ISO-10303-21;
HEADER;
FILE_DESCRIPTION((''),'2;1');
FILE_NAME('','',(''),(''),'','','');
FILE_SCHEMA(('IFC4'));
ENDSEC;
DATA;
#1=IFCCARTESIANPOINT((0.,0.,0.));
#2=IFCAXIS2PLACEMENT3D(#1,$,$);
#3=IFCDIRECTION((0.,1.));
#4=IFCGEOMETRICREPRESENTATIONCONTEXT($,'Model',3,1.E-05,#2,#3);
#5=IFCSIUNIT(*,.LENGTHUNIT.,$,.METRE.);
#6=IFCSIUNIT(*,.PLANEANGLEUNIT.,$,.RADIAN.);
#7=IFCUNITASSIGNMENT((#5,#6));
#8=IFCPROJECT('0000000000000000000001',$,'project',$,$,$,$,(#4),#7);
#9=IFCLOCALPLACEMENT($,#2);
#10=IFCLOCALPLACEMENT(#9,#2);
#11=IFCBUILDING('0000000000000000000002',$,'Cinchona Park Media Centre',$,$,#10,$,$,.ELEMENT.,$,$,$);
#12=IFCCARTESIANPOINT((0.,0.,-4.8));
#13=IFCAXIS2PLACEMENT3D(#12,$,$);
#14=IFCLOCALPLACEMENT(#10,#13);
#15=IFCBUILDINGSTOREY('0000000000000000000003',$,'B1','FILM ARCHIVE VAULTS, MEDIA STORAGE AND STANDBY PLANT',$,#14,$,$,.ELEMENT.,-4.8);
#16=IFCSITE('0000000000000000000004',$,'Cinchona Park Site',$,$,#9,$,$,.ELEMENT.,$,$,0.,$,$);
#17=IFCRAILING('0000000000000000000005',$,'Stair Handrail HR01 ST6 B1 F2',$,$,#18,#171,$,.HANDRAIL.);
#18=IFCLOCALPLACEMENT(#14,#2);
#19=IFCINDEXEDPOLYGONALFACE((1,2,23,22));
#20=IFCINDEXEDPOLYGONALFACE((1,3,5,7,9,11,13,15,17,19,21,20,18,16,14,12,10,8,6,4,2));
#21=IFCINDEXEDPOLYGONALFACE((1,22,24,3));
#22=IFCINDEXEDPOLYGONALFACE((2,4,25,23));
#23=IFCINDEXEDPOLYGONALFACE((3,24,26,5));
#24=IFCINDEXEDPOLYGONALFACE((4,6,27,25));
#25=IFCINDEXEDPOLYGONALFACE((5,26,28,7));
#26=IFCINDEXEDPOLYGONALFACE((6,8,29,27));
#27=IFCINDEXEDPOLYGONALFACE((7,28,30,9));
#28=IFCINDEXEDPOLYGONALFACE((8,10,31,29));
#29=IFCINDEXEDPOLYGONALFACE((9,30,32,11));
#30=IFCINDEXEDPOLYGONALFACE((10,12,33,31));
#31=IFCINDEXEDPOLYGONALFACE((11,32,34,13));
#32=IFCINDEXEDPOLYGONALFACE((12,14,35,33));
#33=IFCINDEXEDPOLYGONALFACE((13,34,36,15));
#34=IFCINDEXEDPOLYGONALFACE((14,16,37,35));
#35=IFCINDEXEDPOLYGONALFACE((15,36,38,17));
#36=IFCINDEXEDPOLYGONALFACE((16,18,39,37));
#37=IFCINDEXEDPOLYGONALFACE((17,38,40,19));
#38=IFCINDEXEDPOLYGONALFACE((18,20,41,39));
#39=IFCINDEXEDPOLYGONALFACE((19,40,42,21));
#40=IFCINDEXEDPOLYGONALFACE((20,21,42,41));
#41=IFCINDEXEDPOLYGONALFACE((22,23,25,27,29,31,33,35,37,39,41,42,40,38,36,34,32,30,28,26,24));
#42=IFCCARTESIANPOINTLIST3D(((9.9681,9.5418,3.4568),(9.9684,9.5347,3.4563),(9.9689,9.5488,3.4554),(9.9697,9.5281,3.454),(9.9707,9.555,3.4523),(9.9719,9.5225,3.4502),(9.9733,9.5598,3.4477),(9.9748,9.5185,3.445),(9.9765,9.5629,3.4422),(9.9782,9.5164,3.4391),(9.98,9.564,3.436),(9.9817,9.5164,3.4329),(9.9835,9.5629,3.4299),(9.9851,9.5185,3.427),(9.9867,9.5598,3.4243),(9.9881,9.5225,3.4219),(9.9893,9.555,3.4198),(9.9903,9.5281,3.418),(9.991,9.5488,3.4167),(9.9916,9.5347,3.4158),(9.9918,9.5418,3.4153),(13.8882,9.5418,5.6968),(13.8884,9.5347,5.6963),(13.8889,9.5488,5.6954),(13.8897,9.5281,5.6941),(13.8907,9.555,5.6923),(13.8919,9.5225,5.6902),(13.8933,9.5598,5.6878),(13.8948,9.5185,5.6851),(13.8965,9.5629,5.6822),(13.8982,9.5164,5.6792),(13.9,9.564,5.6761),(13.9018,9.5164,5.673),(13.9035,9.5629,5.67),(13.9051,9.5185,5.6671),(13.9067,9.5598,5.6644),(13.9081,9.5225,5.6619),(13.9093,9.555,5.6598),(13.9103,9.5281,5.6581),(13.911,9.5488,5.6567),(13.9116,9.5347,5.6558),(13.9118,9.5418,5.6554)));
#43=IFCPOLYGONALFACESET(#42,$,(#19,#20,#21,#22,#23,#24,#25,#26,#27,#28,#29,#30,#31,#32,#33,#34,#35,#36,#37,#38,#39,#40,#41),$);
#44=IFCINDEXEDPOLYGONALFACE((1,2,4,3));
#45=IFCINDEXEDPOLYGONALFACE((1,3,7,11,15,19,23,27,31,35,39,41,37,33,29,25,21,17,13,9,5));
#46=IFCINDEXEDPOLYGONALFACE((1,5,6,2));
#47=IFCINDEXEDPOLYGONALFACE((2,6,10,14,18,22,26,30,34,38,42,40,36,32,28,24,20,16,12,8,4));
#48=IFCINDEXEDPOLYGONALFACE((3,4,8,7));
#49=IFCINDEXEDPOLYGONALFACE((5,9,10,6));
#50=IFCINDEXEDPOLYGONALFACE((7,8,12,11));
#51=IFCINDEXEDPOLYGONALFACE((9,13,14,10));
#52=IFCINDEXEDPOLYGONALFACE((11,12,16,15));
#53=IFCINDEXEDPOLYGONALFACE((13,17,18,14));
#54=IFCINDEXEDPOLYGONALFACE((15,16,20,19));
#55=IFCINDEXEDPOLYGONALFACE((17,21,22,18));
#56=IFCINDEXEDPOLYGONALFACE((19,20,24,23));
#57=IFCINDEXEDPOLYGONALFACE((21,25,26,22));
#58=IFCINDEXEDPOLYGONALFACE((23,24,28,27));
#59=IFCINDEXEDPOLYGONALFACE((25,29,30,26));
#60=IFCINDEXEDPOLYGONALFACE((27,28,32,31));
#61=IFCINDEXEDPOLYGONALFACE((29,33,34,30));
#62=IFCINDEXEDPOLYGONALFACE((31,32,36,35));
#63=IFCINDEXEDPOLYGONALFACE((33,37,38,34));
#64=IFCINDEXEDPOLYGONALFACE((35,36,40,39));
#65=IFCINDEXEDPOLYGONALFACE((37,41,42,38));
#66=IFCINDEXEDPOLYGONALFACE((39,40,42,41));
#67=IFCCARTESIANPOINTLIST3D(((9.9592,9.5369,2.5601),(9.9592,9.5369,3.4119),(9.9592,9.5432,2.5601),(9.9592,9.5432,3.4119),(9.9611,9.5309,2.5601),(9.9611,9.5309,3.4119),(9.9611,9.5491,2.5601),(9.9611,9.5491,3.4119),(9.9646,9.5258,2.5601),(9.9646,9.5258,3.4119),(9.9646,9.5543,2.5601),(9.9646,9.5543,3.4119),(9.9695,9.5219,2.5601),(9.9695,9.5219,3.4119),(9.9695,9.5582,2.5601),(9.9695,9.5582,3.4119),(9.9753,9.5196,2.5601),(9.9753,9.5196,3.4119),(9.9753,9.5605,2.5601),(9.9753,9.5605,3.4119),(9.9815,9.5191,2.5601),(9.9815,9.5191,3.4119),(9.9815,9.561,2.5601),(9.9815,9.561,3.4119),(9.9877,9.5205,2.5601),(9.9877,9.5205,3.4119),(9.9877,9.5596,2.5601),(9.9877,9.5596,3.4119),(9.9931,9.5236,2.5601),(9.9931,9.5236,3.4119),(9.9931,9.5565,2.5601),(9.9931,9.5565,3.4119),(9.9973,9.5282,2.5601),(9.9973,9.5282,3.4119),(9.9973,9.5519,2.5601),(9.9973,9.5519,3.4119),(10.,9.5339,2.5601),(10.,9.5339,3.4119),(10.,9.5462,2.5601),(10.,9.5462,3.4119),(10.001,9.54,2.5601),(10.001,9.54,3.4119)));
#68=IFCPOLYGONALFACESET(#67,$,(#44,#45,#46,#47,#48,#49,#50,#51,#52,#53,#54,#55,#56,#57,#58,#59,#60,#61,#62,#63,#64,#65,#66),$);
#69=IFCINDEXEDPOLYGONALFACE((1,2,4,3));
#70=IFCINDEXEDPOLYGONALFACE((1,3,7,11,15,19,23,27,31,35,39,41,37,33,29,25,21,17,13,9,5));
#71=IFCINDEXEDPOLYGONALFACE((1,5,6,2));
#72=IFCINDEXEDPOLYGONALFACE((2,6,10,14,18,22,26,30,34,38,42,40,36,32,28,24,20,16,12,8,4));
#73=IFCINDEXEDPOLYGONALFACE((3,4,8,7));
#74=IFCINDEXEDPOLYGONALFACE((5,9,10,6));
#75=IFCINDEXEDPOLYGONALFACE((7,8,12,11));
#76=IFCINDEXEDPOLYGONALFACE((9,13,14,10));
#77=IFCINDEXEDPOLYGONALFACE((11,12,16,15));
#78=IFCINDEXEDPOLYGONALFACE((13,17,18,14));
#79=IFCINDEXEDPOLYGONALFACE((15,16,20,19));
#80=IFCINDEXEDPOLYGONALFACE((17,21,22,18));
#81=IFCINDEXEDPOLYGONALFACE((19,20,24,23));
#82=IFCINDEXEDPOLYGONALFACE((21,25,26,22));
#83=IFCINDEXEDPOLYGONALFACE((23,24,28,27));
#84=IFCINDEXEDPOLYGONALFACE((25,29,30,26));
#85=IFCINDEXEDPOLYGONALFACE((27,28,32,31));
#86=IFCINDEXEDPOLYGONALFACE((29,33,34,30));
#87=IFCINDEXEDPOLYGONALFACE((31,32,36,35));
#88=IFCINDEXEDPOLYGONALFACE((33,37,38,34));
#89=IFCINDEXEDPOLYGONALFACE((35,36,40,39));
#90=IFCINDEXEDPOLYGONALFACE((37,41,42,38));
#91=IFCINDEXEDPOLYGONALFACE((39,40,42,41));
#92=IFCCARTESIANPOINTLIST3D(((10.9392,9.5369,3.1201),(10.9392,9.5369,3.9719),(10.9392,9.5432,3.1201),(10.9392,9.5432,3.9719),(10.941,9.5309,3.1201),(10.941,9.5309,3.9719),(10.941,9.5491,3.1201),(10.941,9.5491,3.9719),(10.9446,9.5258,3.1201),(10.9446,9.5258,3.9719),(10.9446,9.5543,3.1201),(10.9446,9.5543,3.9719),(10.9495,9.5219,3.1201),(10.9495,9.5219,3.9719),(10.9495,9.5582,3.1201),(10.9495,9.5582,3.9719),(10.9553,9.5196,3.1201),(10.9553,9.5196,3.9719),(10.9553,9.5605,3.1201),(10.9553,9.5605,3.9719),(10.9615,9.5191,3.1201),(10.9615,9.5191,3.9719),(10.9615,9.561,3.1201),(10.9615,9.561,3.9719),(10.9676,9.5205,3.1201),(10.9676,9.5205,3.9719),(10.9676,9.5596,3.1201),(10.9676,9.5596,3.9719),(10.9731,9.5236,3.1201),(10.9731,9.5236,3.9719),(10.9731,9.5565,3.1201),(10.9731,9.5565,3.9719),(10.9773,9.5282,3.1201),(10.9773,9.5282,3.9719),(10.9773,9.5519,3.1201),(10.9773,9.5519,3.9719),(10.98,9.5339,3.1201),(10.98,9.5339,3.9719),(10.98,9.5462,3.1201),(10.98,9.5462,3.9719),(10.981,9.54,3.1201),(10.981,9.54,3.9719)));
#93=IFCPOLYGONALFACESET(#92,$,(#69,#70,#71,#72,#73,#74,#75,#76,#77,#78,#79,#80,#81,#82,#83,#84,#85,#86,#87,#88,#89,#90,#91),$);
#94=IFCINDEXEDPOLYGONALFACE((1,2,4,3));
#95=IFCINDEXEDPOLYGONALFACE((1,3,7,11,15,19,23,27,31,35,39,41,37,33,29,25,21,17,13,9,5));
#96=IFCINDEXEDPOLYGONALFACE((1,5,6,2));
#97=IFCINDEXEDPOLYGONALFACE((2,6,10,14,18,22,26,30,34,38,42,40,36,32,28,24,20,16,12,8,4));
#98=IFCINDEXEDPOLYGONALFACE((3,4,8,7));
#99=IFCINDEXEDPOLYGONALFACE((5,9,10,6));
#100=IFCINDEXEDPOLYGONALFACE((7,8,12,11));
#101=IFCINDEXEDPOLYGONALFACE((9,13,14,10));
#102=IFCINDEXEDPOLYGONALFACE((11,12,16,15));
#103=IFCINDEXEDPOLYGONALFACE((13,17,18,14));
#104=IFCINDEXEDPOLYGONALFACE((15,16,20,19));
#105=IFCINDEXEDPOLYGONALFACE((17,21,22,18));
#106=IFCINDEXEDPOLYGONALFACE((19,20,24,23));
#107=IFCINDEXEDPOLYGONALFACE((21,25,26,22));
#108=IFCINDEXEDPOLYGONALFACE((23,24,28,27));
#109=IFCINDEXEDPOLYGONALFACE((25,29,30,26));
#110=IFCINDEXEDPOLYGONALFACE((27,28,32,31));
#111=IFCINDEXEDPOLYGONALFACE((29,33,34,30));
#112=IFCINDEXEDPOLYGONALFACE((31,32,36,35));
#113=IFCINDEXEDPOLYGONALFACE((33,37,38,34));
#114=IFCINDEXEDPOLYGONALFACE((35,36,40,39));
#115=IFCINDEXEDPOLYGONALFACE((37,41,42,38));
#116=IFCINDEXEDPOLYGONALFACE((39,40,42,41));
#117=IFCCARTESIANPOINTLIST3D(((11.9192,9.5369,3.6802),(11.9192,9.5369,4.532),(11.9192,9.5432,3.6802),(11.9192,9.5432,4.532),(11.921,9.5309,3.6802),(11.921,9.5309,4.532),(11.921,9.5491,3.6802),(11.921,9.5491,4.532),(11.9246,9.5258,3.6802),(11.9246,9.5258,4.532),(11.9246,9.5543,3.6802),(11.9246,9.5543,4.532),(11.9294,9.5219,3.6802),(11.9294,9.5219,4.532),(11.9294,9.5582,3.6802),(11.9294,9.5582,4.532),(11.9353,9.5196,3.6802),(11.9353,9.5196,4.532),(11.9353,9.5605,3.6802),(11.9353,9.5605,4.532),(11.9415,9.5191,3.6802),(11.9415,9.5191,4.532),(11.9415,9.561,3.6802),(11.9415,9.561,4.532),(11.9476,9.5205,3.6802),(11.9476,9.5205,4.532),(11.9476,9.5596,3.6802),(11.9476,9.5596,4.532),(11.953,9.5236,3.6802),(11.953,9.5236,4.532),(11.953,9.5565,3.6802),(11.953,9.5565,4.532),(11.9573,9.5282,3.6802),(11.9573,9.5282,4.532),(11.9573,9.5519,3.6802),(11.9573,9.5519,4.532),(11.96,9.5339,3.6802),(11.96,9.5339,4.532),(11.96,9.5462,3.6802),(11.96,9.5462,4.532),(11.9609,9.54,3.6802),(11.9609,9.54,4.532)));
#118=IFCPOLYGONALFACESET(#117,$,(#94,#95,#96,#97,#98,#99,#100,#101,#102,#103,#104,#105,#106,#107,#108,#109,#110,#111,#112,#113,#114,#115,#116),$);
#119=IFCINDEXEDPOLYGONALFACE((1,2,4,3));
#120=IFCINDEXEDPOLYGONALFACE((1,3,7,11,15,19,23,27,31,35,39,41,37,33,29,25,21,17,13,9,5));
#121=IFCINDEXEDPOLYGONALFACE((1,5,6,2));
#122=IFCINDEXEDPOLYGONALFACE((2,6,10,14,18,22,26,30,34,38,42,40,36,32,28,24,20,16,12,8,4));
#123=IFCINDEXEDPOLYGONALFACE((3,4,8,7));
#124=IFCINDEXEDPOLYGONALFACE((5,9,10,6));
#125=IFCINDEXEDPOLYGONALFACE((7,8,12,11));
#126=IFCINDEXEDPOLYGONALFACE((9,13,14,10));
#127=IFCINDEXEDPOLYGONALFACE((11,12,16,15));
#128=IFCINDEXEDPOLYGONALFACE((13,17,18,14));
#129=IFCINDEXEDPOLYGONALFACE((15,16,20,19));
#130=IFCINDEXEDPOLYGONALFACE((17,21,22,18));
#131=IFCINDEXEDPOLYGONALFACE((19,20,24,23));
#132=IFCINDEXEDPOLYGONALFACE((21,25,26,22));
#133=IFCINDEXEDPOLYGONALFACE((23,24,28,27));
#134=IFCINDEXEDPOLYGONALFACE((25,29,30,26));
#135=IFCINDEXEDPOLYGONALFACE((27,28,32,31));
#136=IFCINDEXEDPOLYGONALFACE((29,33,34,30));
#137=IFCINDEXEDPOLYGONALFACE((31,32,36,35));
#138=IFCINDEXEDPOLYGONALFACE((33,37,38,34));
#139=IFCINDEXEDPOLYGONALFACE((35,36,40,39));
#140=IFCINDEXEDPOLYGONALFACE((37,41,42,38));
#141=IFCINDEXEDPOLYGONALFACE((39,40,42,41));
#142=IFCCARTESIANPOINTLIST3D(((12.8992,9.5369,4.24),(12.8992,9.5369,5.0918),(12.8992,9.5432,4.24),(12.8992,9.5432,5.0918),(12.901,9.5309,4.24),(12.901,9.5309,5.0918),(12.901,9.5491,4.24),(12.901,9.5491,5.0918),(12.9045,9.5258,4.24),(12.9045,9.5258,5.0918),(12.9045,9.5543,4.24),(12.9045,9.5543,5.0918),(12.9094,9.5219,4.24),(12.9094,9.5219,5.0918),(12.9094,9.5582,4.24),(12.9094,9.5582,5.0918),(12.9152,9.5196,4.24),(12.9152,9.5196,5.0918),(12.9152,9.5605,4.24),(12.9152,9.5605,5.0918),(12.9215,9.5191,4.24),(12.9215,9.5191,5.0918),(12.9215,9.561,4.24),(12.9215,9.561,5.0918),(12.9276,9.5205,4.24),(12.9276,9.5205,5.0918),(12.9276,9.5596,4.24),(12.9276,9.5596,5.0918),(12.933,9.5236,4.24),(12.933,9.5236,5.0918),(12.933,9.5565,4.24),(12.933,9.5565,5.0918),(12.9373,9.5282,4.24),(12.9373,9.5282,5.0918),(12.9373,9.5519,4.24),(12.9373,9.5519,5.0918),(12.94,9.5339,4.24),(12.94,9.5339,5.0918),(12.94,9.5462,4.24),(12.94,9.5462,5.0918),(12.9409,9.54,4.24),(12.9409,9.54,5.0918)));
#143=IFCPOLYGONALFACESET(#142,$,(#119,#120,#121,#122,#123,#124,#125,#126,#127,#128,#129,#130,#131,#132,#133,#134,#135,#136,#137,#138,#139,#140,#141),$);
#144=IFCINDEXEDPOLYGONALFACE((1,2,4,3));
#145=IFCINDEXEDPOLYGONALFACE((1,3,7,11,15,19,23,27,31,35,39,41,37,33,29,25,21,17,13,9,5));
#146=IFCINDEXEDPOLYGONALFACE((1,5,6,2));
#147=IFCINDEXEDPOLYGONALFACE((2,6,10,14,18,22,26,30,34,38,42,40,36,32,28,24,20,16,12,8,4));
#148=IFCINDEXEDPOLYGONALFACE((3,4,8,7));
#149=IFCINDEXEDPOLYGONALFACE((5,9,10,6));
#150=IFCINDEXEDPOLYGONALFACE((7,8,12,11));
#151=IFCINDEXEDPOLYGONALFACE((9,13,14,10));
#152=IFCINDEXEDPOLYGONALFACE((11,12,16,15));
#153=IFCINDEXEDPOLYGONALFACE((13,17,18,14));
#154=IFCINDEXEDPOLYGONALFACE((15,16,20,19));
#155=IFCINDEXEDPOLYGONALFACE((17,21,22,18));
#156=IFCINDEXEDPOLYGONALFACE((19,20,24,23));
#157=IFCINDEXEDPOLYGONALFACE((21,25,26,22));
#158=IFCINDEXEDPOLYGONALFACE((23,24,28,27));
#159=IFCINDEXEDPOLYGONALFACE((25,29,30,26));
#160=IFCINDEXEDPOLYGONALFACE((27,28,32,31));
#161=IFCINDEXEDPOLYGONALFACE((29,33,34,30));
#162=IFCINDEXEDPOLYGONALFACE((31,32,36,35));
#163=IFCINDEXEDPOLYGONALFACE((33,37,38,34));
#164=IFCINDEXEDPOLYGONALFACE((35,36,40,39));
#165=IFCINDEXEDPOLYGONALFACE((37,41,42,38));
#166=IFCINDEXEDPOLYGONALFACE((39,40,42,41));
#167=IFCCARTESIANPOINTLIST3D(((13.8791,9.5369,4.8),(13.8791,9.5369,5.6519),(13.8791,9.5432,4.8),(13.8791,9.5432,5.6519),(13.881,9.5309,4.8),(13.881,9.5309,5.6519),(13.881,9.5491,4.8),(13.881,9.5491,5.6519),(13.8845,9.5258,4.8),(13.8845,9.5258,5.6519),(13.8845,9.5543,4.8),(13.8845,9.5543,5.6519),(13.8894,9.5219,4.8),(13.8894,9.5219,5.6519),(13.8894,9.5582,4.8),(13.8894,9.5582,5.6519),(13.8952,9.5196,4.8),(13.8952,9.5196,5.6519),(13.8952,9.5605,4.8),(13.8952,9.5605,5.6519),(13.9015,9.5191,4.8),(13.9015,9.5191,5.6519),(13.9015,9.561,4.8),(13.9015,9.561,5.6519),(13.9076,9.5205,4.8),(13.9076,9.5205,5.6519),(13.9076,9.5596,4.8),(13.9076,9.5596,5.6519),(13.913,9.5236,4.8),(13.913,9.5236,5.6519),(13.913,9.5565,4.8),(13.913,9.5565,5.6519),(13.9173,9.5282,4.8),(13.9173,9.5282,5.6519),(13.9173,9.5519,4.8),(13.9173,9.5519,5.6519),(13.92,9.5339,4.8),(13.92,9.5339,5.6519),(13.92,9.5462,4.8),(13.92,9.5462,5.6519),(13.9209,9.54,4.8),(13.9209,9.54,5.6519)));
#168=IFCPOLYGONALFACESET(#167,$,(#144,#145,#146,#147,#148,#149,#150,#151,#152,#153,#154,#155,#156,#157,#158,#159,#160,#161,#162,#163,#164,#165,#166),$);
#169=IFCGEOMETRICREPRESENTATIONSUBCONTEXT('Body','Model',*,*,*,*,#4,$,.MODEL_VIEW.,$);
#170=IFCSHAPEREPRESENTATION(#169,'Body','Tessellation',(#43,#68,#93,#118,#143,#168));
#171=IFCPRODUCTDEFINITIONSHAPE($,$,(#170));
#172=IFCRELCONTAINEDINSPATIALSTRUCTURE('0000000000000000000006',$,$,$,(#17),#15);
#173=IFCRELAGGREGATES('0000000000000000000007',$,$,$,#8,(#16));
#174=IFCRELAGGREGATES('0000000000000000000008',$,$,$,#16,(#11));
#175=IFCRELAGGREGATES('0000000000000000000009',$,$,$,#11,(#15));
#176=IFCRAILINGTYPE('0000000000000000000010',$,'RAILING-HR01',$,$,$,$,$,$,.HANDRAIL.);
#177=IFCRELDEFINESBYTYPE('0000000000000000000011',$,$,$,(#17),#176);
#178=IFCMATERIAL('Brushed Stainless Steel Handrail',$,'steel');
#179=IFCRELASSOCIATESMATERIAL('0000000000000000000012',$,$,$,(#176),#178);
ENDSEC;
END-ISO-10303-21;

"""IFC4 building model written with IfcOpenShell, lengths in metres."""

from ifc_helpers import new_model, si_unit, direction, frame, origin, origin_2d, place, context, subcontext, project, spatial, circle, extrude, material, type_object, element, save


model = new_model("IFC4")

# Units and contexts
model_context = context("Model", 3, precision=1e-05, world=origin(), true_north=direction((0.0, 1.0)))
body_context = subcontext(model_context, "Body", "Model", "MODEL_VIEW")
ifc_project = project(units=[si_unit("LENGTHUNIT", "METRE"), si_unit("PLANEANGLEUNIT", "RADIAN")], contexts=[model_context])

# Site, building, storey
site_placement = place(None, origin())
site = spatial("IfcSite", under=ifc_project, at=site_placement, Name="Cinchona Park Site", CompositionType="ELEMENT", RefElevation=0.0)
building_placement = place(site_placement, origin())
building = spatial("IfcBuilding", under=site, at=building_placement, Name="Cinchona Park Media Centre", CompositionType="ELEMENT")
storey_placement = place(building_placement, frame((0.0, 0.0, -4.8)))
storey = spatial("IfcBuildingStorey", under=building, at=storey_placement, Name="B1", Description="FILM ARCHIVE VAULTS, MEDIA STORAGE AND STANDBY PLANT", CompositionType="ELEMENT", Elevation=-4.8)

# Railing
ifc_material_1 = material(Name="Brushed Stainless Steel Handrail", Category="steel")
railing_type_1 = type_object("IfcRailingType", Name="RAILING-HR01", PredefinedType="HANDRAIL", material=ifc_material_1)
railing_1_placement = place(storey_placement, frame((9.98, 9.54, 2.5601)))
element("IfcRailing", 1, at=railing_1_placement, inside=storey, type_object=railing_type_1, Name="Stair Handrail HR01 ST6 B1 F2", PredefinedType="HANDRAIL", context=body_context, shape_type="SweptSolid", body=[
    extrude(circle(Radius=0.0239, at=origin_2d()), frame((0.0, 0.0, 0.876), z_axis=(0.86824, 0.0, 0.496145), x_axis=(0.0, 1.0, 0.0)), (0.0, 0.0, 1.0), 4.5149),
    extrude(circle(Radius=0.021, at=origin_2d()), origin(), (0.0, 0.0, 1.0), 0.8518),
    extrude(circle(Radius=0.021, at=origin_2d()), frame((0.98, 0.0, 0.5601)), (0.0, 0.0, 1.0), 0.8518),
    extrude(circle(Radius=0.021, at=origin_2d()), frame((1.96, 0.0, 1.1201)), (0.0, 0.0, 1.0), 0.8518),
    extrude(circle(Radius=0.021, at=origin_2d()), frame((2.9399, 0.0, 1.6799)), (0.0, 0.0, 1.0), 0.8518),
    extrude(circle(Radius=0.021, at=origin_2d()), frame((3.9199, 0.0, 2.24)), (0.0, 0.0, 1.0), 0.8518),
])

save(model, "model.ifc")
